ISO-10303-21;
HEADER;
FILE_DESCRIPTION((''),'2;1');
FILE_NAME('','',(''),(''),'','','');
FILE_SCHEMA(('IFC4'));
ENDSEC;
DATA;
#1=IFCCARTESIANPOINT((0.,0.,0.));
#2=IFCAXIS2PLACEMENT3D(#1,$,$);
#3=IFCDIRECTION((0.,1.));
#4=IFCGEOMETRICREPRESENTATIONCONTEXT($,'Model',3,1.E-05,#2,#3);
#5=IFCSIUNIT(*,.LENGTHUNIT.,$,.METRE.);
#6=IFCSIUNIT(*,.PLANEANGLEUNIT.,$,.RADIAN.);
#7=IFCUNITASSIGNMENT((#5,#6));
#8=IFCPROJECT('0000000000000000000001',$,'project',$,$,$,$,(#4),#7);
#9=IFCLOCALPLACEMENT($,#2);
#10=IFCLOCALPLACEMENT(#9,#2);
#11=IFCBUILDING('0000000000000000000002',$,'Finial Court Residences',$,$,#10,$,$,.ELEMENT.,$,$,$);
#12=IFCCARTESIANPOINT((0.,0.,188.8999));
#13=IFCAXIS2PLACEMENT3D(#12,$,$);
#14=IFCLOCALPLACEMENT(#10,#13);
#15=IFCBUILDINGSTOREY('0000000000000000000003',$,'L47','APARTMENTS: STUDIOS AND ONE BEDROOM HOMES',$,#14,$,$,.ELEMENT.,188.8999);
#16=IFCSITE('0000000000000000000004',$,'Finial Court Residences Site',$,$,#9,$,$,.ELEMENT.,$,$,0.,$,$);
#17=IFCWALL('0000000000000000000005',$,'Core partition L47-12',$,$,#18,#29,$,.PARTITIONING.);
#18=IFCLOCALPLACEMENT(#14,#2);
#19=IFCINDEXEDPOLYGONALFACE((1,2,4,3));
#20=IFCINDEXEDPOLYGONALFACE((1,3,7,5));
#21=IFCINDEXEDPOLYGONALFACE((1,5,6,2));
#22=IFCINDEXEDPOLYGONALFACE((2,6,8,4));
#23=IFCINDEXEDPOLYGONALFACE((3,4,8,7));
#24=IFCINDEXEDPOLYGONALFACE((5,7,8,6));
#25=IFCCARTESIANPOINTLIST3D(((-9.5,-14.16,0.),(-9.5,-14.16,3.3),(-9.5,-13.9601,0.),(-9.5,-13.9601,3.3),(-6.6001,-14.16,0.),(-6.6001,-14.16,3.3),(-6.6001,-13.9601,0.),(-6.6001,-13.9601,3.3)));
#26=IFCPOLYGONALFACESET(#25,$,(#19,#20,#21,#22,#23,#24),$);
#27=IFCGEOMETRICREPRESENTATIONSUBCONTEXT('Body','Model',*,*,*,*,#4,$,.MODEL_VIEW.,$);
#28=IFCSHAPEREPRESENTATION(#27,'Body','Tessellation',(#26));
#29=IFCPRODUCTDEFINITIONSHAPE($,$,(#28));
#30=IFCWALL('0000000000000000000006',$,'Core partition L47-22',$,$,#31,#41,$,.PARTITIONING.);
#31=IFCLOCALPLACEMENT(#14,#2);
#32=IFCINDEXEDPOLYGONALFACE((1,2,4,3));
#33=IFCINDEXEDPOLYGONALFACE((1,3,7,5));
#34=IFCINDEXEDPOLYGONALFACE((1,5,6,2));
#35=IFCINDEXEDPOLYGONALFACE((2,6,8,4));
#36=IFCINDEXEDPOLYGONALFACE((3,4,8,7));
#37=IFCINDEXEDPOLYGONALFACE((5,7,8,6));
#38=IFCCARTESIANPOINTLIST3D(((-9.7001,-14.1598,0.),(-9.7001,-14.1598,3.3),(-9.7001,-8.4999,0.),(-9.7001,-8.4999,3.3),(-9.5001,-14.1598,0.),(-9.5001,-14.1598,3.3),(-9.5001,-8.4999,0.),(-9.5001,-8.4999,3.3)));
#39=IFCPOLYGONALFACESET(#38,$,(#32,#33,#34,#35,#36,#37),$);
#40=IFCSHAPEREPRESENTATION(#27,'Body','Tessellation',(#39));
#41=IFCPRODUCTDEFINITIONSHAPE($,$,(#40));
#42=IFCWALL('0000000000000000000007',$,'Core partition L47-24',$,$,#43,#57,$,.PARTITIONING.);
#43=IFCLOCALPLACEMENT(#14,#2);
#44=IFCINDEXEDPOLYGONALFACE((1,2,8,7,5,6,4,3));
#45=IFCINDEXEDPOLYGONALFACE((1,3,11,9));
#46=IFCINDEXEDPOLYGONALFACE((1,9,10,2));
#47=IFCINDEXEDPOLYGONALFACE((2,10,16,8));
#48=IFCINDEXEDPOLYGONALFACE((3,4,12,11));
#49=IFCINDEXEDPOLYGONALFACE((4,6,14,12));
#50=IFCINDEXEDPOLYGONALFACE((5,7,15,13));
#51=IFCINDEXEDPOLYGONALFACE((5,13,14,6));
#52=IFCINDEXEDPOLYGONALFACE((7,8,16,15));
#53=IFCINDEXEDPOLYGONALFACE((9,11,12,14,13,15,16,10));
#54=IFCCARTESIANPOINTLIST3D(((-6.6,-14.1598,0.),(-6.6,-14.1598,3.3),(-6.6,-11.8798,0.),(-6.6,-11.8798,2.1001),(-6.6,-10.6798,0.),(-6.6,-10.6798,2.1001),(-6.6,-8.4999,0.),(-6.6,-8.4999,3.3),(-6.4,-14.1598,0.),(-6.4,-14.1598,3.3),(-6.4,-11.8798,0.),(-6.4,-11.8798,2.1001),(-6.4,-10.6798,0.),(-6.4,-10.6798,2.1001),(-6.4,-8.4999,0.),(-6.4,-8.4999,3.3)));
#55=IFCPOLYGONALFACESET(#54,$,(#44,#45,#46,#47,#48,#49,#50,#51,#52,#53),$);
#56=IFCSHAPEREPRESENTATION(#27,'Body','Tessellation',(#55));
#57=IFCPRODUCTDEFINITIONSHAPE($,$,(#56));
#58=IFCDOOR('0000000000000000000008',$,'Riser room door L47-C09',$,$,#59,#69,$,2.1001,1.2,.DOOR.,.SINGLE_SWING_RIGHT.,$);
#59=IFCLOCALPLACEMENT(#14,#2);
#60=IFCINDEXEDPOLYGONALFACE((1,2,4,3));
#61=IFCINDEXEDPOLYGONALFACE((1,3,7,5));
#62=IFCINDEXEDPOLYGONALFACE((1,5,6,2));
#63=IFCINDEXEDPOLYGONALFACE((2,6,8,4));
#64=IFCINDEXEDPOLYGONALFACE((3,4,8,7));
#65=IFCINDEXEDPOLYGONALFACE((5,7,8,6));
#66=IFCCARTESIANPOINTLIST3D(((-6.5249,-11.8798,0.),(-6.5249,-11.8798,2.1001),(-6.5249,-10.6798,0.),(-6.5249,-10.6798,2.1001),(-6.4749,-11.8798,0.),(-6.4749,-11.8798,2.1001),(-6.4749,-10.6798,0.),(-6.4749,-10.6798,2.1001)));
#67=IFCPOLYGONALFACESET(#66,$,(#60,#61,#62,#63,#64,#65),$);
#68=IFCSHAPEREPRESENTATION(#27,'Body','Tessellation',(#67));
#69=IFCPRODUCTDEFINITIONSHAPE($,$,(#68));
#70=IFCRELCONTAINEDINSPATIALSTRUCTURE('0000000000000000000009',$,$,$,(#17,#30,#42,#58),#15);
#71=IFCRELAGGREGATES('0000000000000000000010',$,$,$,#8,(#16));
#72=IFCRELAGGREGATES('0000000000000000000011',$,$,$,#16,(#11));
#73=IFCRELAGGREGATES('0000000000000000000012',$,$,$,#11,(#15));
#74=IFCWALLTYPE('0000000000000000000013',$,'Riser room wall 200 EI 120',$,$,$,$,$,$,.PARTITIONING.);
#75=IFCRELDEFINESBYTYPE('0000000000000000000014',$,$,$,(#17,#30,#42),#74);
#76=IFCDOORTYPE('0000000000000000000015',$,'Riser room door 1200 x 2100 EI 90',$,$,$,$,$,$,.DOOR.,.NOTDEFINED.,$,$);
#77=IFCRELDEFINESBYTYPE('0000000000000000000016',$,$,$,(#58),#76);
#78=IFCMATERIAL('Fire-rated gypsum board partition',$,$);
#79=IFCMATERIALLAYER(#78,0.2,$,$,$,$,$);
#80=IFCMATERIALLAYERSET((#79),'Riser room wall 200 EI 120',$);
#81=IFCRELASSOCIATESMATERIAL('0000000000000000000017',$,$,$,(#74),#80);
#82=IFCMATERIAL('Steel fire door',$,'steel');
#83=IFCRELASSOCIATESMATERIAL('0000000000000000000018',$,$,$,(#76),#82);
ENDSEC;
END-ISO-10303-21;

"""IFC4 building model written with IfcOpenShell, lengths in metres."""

from ifc_helpers import new_model, si_unit, direction, frame, frame_2d, origin, place, context, subcontext, project, spatial, rectangle, extrude, material, layer, layer_set, type_object, element, fill, save


model = new_model("IFC4")

# Units and contexts
model_context = context("Model", 3, precision=1e-05, world=origin(), true_north=direction((0.0, 1.0)))
body_context = subcontext(model_context, "Body", "Model", "MODEL_VIEW")
ifc_project = project(units=[si_unit("LENGTHUNIT", "METRE"), si_unit("PLANEANGLEUNIT", "RADIAN")], contexts=[model_context])

# Site, building, storey
site_placement = place(None, origin())
site = spatial("IfcSite", under=ifc_project, at=site_placement, Name="Finial Court Residences Site", CompositionType="ELEMENT", RefElevation=0.0)
building_placement = place(site_placement, origin())
building = spatial("IfcBuilding", under=site, at=building_placement, Name="Finial Court Residences", CompositionType="ELEMENT")
storey_placement = place(building_placement, frame((0.0, 0.0, 188.8999)))
storey = spatial("IfcBuildingStorey", under=building, at=storey_placement, Name="L47", Description="APARTMENTS: STUDIOS AND ONE BEDROOM HOMES", CompositionType="ELEMENT", Elevation=188.8999)

# Shared definitions
ifc_material_1 = material(Name="Fire-rated gypsum board partition")

# Shared definitions
ifc_material_2 = material(Name="Steel fire door", Category="steel")

# Walls
ifc_layer_1 = layer(ifc_material_1, 0.2)
ifc_layer_set_1 = layer_set([ifc_layer_1], Name="Riser room wall 200 EI 120")
wall_type_1 = type_object("IfcWallType", Name="Riser room wall 200 EI 120", PredefinedType="PARTITIONING", material=ifc_layer_set_1)
wall_1_placement = place(storey_placement, frame((-9.5, -14.0601, 0.0), z_axis=(0.0, 0.0, 1.0), x_axis=(1.0, 0.0, 0.0)))
element("IfcWall", 1, at=wall_1_placement, inside=storey, type_object=wall_type_1, Name="Core partition L47-12", PredefinedType="PARTITIONING", context=body_context, shape_type="SweptSolid", body=[
    extrude(rectangle(XDim=2.8999, YDim=0.2, at=frame_2d((1.45, 0.0))), origin(), (0.0, 0.0, 1.0), 3.3),
])
wall_2_placement = place(storey_placement, frame((-9.6001, -14.1599, 0.0), z_axis=(0.0, 0.0, 1.0), x_axis=(0.0, 1.0, 0.0)))
element("IfcWall", 2, at=wall_2_placement, inside=storey, type_object=wall_type_1, Name="Core partition L47-22", PredefinedType="PARTITIONING", context=body_context, shape_type="SweptSolid", body=[
    extrude(rectangle(XDim=5.6599, YDim=0.2, at=frame_2d((2.8301, 0.0))), origin(), (0.0, 0.0, 1.0), 3.3),
])

# Wall, opening, door
wall_3_placement = place(storey_placement, frame((-6.5, -14.1599, 0.0), z_axis=(0.0, 0.0, 1.0), x_axis=(0.0, 1.0, 0.0)))
wall_3 = element("IfcWall", 3, at=wall_3_placement, inside=storey, type_object=wall_type_1, Name="Core partition L47-24", PredefinedType="PARTITIONING", context=body_context, shape_type="SweptSolid", body=[
    extrude(rectangle(XDim=5.6599, YDim=0.2, at=frame_2d((2.8301, 0.0))), origin(), (0.0, 0.0, 1.0), 3.3),
])
opening_1_placement = place(wall_3_placement, frame((2.28, 0.0, 0.0)))
opening_1 = element("IfcOpeningElement", 4, at=opening_1_placement, cuts=wall_3, PredefinedType="OPENING", context=body_context, shape_type="SweptSolid", body=[
    extrude(rectangle(XDim=1.2, YDim=2.1001, at=frame_2d((0.6001, 1.05))), frame((0.0, 0.1099, 0.0), z_axis=(0.0, -1.0, 0.0), x_axis=(1.0, 0.0, 0.0)), (0.0, 0.0, 1.0), 0.22),
])
door_type_1 = type_object("IfcDoorType", Name="Riser room door 1200 x 2100 EI 90", OperationType="NOTDEFINED", PredefinedType="DOOR", material=ifc_material_2)
door_1_placement = place(opening_1_placement, origin())
door_1 = element("IfcDoor", 5, at=door_1_placement, inside=storey, type_object=door_type_1, Name="Riser room door L47-C09", OperationType="SINGLE_SWING_RIGHT", OverallHeight=2.1001, OverallWidth=1.2, PredefinedType="DOOR", context=body_context, shape_type="SweptSolid", body=[
    extrude(rectangle(XDim=1.2, YDim=2.1001, at=frame_2d((0.6001, 1.05))), frame((0.0, 0.0249, 0.0), z_axis=(0.0, -1.0, 0.0), x_axis=(1.0, 0.0, 0.0)), (0.0, 0.0, 1.0), 0.05),
])
fill(opening_1, door_1)

save(model, "model.ifc")
